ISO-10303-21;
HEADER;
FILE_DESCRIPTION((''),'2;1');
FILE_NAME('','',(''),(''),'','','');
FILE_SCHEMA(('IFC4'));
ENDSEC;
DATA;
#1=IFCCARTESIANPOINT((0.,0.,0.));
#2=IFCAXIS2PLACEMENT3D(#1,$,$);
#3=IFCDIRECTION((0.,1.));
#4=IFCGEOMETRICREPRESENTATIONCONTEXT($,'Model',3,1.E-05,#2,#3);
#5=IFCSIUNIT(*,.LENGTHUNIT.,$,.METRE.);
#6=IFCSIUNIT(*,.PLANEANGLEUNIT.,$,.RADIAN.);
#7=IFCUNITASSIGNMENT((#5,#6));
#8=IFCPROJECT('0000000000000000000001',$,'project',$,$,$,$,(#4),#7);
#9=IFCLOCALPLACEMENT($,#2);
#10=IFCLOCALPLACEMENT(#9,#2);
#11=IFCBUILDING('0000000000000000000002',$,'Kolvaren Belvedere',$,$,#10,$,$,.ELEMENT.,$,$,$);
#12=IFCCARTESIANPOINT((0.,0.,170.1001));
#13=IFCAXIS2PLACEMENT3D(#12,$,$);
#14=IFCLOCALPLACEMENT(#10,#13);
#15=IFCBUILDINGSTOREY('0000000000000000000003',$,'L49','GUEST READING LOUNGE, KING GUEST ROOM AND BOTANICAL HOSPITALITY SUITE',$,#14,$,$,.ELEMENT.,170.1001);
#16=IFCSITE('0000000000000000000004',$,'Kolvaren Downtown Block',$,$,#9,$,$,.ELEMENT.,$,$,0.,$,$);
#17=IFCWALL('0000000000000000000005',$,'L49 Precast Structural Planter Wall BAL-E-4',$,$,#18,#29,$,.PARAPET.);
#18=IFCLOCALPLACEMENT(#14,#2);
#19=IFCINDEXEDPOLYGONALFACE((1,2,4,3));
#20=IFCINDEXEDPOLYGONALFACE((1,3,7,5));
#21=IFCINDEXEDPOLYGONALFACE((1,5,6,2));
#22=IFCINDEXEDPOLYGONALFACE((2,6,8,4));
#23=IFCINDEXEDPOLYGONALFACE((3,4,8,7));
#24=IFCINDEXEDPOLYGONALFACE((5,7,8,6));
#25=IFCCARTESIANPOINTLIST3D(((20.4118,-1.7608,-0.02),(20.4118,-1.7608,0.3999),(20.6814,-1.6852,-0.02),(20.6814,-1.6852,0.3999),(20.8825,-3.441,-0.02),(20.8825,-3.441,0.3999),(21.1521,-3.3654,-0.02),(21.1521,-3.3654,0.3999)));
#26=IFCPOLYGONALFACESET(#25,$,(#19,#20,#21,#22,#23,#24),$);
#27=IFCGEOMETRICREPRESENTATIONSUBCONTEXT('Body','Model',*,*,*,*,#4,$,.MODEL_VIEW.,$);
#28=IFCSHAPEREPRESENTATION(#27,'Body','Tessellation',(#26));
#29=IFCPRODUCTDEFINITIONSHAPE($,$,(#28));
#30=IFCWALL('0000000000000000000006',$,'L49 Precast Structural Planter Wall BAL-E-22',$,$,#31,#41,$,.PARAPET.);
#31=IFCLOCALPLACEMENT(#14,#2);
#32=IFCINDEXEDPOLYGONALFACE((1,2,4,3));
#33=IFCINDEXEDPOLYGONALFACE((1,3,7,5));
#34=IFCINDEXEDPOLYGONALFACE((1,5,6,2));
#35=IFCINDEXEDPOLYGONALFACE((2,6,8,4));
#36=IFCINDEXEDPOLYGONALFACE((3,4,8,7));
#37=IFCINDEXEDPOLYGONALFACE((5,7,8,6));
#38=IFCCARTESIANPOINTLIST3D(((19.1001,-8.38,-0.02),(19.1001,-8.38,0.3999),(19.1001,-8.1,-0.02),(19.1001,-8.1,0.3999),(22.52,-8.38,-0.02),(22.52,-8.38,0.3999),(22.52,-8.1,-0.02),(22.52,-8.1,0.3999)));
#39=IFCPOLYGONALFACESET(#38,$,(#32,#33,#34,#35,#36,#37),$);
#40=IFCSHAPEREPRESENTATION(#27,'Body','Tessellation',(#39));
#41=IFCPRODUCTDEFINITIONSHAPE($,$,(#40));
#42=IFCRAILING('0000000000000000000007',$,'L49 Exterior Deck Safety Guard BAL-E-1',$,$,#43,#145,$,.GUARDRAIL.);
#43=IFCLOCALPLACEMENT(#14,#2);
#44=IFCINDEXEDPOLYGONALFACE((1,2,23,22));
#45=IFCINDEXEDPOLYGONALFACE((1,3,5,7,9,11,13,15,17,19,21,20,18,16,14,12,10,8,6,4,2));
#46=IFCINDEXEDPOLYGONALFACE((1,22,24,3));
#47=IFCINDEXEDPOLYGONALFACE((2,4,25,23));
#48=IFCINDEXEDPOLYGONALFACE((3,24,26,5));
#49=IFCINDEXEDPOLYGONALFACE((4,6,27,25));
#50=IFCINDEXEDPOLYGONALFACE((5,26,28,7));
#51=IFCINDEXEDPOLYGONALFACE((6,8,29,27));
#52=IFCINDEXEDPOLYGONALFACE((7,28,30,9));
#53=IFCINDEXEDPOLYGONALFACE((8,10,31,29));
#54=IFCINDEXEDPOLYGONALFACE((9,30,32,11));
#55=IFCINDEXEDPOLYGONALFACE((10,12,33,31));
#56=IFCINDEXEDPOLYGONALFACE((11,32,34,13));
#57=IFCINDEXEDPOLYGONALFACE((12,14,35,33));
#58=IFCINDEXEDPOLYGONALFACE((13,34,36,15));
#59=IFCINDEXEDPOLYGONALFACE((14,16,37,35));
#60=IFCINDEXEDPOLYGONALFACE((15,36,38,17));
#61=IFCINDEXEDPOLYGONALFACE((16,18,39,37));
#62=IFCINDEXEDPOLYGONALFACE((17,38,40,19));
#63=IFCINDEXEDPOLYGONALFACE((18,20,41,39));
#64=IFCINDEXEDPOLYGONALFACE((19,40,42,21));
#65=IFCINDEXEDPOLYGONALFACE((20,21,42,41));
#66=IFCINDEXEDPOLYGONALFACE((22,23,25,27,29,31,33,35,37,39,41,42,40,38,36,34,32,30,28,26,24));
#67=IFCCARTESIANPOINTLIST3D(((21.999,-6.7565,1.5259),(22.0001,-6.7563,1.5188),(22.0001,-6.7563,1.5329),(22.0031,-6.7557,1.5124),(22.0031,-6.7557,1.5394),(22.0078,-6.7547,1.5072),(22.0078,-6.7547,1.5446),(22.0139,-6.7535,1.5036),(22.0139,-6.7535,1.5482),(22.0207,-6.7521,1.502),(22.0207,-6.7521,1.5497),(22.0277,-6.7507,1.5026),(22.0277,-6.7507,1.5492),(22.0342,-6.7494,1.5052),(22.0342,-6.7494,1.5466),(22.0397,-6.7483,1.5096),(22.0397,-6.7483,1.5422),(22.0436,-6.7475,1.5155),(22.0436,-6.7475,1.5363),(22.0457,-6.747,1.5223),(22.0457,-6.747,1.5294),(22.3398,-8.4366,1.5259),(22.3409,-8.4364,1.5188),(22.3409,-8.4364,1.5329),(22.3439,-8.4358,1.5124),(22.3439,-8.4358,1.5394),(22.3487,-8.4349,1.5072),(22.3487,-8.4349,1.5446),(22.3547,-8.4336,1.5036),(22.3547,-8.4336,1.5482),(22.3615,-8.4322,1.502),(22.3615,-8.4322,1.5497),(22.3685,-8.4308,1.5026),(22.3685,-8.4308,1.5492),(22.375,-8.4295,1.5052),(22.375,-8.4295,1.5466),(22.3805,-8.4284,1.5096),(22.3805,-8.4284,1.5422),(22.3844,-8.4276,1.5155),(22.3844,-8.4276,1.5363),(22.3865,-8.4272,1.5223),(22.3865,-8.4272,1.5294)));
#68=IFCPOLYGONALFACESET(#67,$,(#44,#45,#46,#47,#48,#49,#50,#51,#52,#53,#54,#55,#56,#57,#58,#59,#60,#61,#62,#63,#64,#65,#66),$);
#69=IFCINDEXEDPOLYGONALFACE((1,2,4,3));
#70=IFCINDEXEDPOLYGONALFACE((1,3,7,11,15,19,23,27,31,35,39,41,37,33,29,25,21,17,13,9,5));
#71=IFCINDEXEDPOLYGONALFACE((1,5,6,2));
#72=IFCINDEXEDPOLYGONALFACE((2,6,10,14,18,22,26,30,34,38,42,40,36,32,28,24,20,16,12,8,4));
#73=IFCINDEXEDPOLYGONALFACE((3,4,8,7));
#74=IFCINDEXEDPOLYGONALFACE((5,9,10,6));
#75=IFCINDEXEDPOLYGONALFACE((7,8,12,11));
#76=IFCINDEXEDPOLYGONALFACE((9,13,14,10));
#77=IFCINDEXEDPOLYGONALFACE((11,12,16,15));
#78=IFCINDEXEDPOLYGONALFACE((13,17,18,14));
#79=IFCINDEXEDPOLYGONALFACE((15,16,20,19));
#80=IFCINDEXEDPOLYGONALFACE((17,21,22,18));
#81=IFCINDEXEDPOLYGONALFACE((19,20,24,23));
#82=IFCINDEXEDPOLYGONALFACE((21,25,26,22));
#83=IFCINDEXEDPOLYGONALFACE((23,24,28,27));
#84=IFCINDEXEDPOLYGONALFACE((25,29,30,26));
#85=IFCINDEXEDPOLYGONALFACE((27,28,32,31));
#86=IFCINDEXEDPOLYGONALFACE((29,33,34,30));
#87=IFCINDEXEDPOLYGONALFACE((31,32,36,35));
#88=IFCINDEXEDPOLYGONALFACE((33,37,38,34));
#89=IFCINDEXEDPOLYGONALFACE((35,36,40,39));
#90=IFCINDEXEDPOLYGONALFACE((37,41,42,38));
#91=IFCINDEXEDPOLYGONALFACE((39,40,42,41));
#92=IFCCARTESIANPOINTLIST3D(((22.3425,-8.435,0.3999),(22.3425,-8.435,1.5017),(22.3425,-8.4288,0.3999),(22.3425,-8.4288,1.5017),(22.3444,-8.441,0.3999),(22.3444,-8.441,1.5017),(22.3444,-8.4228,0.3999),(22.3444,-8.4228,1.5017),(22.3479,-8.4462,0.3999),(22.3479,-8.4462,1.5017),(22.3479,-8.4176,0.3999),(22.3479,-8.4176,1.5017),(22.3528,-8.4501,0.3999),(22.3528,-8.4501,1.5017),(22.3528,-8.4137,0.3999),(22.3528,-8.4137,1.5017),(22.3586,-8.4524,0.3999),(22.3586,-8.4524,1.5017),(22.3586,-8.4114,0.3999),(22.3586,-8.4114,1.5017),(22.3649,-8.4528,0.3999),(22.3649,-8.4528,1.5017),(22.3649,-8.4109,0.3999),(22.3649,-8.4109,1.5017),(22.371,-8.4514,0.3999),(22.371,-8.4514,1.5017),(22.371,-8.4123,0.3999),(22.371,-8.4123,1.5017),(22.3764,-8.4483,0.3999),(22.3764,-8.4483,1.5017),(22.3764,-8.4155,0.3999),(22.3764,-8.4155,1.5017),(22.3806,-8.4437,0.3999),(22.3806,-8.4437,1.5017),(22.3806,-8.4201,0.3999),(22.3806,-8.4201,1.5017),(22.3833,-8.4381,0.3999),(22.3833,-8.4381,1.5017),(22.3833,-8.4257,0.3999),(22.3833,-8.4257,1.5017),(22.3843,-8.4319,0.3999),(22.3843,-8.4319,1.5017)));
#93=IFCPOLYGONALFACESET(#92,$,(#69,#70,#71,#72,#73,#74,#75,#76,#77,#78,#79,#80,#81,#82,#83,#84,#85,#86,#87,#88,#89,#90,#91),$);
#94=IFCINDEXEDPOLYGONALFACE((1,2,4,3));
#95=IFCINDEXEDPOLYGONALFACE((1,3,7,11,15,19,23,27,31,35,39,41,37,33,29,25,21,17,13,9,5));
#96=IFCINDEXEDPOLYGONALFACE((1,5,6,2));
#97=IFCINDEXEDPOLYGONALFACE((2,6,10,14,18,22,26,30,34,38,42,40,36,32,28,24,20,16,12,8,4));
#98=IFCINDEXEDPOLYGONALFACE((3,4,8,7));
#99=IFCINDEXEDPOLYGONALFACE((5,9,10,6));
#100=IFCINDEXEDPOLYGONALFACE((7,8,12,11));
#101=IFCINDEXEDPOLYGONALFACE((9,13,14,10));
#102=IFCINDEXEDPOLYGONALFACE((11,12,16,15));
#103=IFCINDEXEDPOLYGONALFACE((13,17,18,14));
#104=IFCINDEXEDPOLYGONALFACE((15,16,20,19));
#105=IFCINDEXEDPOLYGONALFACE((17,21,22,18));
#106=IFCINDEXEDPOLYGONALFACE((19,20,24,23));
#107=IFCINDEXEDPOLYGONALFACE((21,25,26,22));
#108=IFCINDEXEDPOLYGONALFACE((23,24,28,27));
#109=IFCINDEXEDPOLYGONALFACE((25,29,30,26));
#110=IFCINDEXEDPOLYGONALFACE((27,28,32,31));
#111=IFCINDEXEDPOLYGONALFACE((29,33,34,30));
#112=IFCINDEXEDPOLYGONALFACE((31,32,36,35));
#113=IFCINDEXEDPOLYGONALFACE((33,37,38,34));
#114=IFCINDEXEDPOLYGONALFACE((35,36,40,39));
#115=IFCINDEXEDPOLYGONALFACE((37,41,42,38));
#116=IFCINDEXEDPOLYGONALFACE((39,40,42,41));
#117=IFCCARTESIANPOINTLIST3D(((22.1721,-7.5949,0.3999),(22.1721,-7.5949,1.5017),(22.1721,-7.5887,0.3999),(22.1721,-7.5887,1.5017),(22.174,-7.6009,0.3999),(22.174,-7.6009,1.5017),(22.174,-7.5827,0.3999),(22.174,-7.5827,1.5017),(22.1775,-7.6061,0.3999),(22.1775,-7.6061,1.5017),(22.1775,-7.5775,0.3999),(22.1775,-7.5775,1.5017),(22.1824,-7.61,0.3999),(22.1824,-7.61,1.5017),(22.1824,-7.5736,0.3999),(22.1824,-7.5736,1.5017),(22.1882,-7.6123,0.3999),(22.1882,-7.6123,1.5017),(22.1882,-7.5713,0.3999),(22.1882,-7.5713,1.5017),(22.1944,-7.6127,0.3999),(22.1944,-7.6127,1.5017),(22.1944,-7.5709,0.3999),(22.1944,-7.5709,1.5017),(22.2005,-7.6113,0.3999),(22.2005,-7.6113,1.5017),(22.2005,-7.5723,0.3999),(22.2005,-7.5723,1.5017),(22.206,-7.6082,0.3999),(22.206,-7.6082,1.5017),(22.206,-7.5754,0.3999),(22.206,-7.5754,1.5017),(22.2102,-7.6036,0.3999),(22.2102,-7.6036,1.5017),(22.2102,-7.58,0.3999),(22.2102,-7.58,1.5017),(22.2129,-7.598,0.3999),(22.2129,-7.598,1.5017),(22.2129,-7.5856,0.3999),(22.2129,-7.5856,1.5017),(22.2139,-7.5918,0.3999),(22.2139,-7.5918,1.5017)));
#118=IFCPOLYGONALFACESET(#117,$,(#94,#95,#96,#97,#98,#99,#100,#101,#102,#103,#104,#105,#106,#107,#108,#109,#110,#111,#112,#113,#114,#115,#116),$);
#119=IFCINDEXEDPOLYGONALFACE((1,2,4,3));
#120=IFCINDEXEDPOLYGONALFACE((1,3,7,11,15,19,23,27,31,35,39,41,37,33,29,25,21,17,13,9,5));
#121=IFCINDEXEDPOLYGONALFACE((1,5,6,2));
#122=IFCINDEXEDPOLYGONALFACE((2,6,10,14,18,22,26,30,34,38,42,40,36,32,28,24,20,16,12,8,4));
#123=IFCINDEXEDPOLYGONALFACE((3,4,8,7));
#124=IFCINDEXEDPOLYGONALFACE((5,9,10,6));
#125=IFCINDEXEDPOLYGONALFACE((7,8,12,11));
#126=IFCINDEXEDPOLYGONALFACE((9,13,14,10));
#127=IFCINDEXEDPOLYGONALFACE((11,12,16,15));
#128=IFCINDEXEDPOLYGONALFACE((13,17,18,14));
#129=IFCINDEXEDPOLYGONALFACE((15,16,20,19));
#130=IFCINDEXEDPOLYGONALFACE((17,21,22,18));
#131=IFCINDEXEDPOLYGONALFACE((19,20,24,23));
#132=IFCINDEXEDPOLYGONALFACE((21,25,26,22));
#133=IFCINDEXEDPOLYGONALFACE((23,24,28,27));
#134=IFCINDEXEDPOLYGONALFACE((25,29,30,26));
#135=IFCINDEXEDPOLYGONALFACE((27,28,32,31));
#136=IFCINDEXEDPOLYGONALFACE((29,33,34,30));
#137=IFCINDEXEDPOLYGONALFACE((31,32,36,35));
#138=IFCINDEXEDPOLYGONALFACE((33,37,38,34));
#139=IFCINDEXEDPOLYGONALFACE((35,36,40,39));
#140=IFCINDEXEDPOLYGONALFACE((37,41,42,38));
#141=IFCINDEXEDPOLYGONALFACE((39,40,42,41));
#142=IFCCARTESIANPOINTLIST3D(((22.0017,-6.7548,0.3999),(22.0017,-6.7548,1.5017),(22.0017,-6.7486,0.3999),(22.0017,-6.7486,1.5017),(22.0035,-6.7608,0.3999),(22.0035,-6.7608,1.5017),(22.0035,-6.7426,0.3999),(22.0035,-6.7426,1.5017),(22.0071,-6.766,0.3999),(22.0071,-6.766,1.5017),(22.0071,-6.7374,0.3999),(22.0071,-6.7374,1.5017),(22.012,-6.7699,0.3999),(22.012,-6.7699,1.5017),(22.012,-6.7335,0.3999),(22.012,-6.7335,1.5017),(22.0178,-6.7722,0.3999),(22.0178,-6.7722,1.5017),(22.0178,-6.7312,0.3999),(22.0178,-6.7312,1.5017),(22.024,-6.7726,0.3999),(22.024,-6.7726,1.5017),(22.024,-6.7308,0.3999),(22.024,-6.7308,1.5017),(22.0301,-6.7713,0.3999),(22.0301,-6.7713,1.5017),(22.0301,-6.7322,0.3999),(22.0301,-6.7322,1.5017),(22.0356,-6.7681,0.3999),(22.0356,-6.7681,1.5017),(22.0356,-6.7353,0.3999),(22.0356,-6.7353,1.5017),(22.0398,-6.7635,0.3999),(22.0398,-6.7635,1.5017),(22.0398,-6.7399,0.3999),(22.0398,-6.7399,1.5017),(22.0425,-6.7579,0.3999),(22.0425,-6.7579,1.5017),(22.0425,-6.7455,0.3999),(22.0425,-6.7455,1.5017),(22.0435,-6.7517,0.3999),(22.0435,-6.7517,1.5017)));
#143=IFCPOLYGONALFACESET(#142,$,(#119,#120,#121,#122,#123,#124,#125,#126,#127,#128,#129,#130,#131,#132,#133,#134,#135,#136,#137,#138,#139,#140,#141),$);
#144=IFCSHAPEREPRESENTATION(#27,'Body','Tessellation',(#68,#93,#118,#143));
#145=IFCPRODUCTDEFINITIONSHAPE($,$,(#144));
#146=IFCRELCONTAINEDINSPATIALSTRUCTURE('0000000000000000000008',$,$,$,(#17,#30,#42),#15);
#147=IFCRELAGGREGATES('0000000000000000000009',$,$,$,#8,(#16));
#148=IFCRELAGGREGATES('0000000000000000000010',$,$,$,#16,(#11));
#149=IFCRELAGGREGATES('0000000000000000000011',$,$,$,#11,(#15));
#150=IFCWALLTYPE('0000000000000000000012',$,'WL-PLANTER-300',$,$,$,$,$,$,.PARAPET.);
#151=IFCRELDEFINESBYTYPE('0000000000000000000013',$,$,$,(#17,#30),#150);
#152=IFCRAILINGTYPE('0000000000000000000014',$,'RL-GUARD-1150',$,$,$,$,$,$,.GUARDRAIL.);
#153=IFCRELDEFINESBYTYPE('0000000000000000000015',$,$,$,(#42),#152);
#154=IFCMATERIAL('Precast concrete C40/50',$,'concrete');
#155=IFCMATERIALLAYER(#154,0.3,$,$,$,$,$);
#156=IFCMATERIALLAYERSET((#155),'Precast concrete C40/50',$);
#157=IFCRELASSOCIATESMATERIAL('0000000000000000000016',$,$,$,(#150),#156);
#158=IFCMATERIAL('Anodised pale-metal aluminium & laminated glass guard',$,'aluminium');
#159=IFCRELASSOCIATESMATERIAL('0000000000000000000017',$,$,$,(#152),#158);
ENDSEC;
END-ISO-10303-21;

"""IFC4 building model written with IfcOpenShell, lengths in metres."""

from ifc_helpers import new_model, si_unit, direction, frame, frame_2d, origin, origin_2d, place, context, subcontext, project, spatial, rectangle, circle, extrude, material, layer, layer_set, type_object, element, save


model = new_model("IFC4")

# Units and contexts
model_context = context("Model", 3, precision=1e-05, world=origin(), true_north=direction((0.0, 1.0)))
body_context = subcontext(model_context, "Body", "Model", "MODEL_VIEW")
ifc_project = project(units=[si_unit("LENGTHUNIT", "METRE"), si_unit("PLANEANGLEUNIT", "RADIAN")], contexts=[model_context])

# Site, building, storey
site_placement = place(None, origin())
site = spatial("IfcSite", under=ifc_project, at=site_placement, Name="Kolvaren Downtown Block", CompositionType="ELEMENT", RefElevation=0.0)
building_placement = place(site_placement, origin())
building = spatial("IfcBuilding", under=site, at=building_placement, Name="Kolvaren Belvedere", CompositionType="ELEMENT")
storey_placement = place(building_placement, frame((0.0, 0.0, 170.1001)))
storey = spatial("IfcBuildingStorey", under=building, at=storey_placement, Name="L49", Description="GUEST READING LOUNGE, KING GUEST ROOM AND BOTANICAL HOSPITALITY SUITE", CompositionType="ELEMENT", Elevation=170.1001)

# Walls
ifc_material_1 = material(Name="Precast concrete C40/50", Category="concrete")
ifc_layer_1 = layer(ifc_material_1, 0.3)
ifc_layer_set_1 = layer_set([ifc_layer_1], Name="Precast concrete C40/50")
wall_type = type_object("IfcWallType", Name="WL-PLANTER-300", PredefinedType="PARAPET", material=ifc_layer_set_1)
wall_1_placement = place(storey_placement, frame((21.0173, -3.4033, -0.02), z_axis=(0.0, 0.0, 1.0), x_axis=(-0.269765, 0.962926, 0.0)))
element("IfcWall", 1, at=wall_1_placement, inside=storey, type_object=wall_type, Name="L49 Precast Structural Planter Wall BAL-E-4", PredefinedType="PARAPET", context=body_context, shape_type="SweptSolid", body=[
    extrude(rectangle(XDim=1.7449, YDim=0.28, at=frame_2d((0.8726, 0.0))), origin(), (0.0, 0.0, 1.0), 0.4199),
])
wall_2_placement = place(storey_placement, frame((19.1001, -8.24, -0.02), z_axis=(0.0, 0.0, 1.0), x_axis=(1.0, 0.0, 0.0)))
element("IfcWall", 2, at=wall_2_placement, inside=storey, type_object=wall_type, Name="L49 Precast Structural Planter Wall BAL-E-22", PredefinedType="PARAPET", context=body_context, shape_type="SweptSolid", body=[
    extrude(rectangle(XDim=3.4199, YDim=0.28, at=frame_2d((1.71, 0.0))), origin(), (0.0, 0.0, 1.0), 0.4199),
])

# Railing
ifc_material_2 = material(Name="Anodised pale-metal aluminium & laminated glass guard", Category="aluminium")
railing_type = type_object("IfcRailingType", Name="RL-GUARD-1150", PredefinedType="GUARDRAIL", material=ifc_material_2)
railing_1_placement = place(storey_placement, frame((22.3633, -8.4319, 0.3999)))
element("IfcRailing", 3, at=railing_1_placement, inside=storey, type_object=railing_type, Name="L49 Exterior Deck Safety Guard BAL-E-1", PredefinedType="GUARDRAIL", context=body_context, shape_type="SweptSolid", body=[
    extrude(circle(Radius=0.0239, at=origin_2d()), frame((0.0, 0.0, 1.126), z_axis=(-0.198799, 0.98004, 0.0), x_axis=(-0.98004, -0.198799, 0.0)), (0.0, 0.0, 1.0), 1.7144),
    extrude(circle(Radius=0.021, at=origin_2d()), origin(), (0.0, 0.0, 1.0), 1.1018),
    extrude(circle(Radius=0.021, at=origin_2d()), frame((-0.1704, 0.8401, 0.0)), (0.0, 0.0, 1.0), 1.1018),
    extrude(circle(Radius=0.021, at=origin_2d()), frame((-0.3408, 1.6802, 0.0)), (0.0, 0.0, 1.0), 1.1018),
])

save(model, "model.ifc")
